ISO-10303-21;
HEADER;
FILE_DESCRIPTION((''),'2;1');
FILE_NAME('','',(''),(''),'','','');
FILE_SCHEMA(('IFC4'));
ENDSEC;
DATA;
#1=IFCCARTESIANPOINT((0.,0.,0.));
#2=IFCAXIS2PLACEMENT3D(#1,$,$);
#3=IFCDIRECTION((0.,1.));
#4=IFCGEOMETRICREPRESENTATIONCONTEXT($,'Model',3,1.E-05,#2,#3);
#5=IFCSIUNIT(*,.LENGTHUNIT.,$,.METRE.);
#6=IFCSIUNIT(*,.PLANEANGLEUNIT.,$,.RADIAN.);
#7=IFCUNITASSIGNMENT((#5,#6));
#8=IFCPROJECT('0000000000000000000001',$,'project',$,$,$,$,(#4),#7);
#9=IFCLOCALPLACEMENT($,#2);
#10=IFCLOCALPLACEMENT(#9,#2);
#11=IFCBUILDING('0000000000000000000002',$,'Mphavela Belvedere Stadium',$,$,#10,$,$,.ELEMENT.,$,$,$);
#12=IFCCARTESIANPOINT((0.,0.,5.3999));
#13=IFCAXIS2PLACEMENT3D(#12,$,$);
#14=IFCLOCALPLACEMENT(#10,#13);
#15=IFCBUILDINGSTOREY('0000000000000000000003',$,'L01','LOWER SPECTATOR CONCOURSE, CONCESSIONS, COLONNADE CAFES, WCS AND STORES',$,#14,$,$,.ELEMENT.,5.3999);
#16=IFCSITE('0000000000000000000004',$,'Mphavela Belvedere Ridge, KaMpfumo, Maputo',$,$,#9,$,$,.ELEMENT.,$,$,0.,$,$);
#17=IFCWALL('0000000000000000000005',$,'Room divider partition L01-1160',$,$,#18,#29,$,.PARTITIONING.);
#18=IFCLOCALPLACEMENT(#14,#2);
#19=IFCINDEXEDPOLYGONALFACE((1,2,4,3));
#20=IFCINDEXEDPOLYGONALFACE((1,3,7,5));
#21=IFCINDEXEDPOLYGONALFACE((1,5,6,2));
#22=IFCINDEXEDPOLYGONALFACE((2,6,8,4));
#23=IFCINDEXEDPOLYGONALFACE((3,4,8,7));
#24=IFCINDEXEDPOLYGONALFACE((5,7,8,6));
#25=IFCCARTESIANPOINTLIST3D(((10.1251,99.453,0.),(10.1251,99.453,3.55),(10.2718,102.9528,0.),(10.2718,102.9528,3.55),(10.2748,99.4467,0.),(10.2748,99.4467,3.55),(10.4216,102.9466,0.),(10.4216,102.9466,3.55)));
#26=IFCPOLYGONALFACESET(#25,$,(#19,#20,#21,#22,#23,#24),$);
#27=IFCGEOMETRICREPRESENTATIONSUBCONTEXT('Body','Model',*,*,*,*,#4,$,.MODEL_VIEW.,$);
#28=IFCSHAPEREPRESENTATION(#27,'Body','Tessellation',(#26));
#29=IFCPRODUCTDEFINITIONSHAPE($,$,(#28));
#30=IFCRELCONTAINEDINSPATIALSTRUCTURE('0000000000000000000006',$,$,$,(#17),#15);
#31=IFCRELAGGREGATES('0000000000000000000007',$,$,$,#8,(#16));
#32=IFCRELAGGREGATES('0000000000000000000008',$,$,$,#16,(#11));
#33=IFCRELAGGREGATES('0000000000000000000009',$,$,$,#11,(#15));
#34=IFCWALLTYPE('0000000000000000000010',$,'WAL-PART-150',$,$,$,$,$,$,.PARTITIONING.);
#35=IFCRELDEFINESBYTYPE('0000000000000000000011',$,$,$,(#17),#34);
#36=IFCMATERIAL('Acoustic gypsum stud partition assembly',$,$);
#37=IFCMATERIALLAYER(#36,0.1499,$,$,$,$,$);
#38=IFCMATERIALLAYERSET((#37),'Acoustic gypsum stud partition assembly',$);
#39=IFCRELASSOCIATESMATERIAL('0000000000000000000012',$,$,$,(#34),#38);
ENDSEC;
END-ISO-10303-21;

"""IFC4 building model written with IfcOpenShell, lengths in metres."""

from ifc_helpers import new_model, si_unit, direction, frame, frame_2d, origin, place, context, subcontext, project, spatial, rectangle, extrude, material, layer, layer_set, type_object, element, save


model = new_model("IFC4")

# Units and contexts
model_context = context("Model", 3, precision=1e-05, world=origin(), true_north=direction((0.0, 1.0)))
body_context = subcontext(model_context, "Body", "Model", "MODEL_VIEW")
ifc_project = project(units=[si_unit("LENGTHUNIT", "METRE"), si_unit("PLANEANGLEUNIT", "RADIAN")], contexts=[model_context])

# Site, building, storey
site_placement = place(None, origin())
site = spatial("IfcSite", under=ifc_project, at=site_placement, Name="Mphavela Belvedere Ridge, KaMpfumo, Maputo", CompositionType="ELEMENT", RefElevation=0.0)
building_placement = place(site_placement, origin())
building = spatial("IfcBuilding", under=site, at=building_placement, Name="Mphavela Belvedere Stadium", CompositionType="ELEMENT")
storey_placement = place(building_placement, frame((0.0, 0.0, 5.3999)))
storey = spatial("IfcBuildingStorey", under=building, at=storey_placement, Name="L01", Description="LOWER SPECTATOR CONCOURSE, CONCESSIONS, COLONNADE CAFES, WCS AND STORES", CompositionType="ELEMENT", Elevation=5.3999)

# Wall
ifc_material_1 = material(Name="Acoustic gypsum stud partition assembly")
ifc_layer_1 = layer(ifc_material_1, 0.1499)
ifc_layer_set_1 = layer_set([ifc_layer_1], Name="Acoustic gypsum stud partition assembly")
wall_type_1 = type_object("IfcWallType", Name="WAL-PART-150", PredefinedType="PARTITIONING", material=ifc_layer_set_1)
wall_1_placement = place(storey_placement, frame((10.3467, 102.9497, 0.0), z_axis=(0.0, 0.0, 1.0), x_axis=(-0.041889, -0.999122, 0.0)))
element("IfcWall", 1, at=wall_1_placement, inside=storey, type_object=wall_type_1, Name="Room divider partition L01-1160", PredefinedType="PARTITIONING", context=body_context, shape_type="SweptSolid", body=[
    extrude(rectangle(XDim=3.5029, YDim=0.1499, at=frame_2d((1.7515, 0.0))), origin(), (0.0, 0.0, 1.0), 3.55),
])

save(model, "model.ifc")
